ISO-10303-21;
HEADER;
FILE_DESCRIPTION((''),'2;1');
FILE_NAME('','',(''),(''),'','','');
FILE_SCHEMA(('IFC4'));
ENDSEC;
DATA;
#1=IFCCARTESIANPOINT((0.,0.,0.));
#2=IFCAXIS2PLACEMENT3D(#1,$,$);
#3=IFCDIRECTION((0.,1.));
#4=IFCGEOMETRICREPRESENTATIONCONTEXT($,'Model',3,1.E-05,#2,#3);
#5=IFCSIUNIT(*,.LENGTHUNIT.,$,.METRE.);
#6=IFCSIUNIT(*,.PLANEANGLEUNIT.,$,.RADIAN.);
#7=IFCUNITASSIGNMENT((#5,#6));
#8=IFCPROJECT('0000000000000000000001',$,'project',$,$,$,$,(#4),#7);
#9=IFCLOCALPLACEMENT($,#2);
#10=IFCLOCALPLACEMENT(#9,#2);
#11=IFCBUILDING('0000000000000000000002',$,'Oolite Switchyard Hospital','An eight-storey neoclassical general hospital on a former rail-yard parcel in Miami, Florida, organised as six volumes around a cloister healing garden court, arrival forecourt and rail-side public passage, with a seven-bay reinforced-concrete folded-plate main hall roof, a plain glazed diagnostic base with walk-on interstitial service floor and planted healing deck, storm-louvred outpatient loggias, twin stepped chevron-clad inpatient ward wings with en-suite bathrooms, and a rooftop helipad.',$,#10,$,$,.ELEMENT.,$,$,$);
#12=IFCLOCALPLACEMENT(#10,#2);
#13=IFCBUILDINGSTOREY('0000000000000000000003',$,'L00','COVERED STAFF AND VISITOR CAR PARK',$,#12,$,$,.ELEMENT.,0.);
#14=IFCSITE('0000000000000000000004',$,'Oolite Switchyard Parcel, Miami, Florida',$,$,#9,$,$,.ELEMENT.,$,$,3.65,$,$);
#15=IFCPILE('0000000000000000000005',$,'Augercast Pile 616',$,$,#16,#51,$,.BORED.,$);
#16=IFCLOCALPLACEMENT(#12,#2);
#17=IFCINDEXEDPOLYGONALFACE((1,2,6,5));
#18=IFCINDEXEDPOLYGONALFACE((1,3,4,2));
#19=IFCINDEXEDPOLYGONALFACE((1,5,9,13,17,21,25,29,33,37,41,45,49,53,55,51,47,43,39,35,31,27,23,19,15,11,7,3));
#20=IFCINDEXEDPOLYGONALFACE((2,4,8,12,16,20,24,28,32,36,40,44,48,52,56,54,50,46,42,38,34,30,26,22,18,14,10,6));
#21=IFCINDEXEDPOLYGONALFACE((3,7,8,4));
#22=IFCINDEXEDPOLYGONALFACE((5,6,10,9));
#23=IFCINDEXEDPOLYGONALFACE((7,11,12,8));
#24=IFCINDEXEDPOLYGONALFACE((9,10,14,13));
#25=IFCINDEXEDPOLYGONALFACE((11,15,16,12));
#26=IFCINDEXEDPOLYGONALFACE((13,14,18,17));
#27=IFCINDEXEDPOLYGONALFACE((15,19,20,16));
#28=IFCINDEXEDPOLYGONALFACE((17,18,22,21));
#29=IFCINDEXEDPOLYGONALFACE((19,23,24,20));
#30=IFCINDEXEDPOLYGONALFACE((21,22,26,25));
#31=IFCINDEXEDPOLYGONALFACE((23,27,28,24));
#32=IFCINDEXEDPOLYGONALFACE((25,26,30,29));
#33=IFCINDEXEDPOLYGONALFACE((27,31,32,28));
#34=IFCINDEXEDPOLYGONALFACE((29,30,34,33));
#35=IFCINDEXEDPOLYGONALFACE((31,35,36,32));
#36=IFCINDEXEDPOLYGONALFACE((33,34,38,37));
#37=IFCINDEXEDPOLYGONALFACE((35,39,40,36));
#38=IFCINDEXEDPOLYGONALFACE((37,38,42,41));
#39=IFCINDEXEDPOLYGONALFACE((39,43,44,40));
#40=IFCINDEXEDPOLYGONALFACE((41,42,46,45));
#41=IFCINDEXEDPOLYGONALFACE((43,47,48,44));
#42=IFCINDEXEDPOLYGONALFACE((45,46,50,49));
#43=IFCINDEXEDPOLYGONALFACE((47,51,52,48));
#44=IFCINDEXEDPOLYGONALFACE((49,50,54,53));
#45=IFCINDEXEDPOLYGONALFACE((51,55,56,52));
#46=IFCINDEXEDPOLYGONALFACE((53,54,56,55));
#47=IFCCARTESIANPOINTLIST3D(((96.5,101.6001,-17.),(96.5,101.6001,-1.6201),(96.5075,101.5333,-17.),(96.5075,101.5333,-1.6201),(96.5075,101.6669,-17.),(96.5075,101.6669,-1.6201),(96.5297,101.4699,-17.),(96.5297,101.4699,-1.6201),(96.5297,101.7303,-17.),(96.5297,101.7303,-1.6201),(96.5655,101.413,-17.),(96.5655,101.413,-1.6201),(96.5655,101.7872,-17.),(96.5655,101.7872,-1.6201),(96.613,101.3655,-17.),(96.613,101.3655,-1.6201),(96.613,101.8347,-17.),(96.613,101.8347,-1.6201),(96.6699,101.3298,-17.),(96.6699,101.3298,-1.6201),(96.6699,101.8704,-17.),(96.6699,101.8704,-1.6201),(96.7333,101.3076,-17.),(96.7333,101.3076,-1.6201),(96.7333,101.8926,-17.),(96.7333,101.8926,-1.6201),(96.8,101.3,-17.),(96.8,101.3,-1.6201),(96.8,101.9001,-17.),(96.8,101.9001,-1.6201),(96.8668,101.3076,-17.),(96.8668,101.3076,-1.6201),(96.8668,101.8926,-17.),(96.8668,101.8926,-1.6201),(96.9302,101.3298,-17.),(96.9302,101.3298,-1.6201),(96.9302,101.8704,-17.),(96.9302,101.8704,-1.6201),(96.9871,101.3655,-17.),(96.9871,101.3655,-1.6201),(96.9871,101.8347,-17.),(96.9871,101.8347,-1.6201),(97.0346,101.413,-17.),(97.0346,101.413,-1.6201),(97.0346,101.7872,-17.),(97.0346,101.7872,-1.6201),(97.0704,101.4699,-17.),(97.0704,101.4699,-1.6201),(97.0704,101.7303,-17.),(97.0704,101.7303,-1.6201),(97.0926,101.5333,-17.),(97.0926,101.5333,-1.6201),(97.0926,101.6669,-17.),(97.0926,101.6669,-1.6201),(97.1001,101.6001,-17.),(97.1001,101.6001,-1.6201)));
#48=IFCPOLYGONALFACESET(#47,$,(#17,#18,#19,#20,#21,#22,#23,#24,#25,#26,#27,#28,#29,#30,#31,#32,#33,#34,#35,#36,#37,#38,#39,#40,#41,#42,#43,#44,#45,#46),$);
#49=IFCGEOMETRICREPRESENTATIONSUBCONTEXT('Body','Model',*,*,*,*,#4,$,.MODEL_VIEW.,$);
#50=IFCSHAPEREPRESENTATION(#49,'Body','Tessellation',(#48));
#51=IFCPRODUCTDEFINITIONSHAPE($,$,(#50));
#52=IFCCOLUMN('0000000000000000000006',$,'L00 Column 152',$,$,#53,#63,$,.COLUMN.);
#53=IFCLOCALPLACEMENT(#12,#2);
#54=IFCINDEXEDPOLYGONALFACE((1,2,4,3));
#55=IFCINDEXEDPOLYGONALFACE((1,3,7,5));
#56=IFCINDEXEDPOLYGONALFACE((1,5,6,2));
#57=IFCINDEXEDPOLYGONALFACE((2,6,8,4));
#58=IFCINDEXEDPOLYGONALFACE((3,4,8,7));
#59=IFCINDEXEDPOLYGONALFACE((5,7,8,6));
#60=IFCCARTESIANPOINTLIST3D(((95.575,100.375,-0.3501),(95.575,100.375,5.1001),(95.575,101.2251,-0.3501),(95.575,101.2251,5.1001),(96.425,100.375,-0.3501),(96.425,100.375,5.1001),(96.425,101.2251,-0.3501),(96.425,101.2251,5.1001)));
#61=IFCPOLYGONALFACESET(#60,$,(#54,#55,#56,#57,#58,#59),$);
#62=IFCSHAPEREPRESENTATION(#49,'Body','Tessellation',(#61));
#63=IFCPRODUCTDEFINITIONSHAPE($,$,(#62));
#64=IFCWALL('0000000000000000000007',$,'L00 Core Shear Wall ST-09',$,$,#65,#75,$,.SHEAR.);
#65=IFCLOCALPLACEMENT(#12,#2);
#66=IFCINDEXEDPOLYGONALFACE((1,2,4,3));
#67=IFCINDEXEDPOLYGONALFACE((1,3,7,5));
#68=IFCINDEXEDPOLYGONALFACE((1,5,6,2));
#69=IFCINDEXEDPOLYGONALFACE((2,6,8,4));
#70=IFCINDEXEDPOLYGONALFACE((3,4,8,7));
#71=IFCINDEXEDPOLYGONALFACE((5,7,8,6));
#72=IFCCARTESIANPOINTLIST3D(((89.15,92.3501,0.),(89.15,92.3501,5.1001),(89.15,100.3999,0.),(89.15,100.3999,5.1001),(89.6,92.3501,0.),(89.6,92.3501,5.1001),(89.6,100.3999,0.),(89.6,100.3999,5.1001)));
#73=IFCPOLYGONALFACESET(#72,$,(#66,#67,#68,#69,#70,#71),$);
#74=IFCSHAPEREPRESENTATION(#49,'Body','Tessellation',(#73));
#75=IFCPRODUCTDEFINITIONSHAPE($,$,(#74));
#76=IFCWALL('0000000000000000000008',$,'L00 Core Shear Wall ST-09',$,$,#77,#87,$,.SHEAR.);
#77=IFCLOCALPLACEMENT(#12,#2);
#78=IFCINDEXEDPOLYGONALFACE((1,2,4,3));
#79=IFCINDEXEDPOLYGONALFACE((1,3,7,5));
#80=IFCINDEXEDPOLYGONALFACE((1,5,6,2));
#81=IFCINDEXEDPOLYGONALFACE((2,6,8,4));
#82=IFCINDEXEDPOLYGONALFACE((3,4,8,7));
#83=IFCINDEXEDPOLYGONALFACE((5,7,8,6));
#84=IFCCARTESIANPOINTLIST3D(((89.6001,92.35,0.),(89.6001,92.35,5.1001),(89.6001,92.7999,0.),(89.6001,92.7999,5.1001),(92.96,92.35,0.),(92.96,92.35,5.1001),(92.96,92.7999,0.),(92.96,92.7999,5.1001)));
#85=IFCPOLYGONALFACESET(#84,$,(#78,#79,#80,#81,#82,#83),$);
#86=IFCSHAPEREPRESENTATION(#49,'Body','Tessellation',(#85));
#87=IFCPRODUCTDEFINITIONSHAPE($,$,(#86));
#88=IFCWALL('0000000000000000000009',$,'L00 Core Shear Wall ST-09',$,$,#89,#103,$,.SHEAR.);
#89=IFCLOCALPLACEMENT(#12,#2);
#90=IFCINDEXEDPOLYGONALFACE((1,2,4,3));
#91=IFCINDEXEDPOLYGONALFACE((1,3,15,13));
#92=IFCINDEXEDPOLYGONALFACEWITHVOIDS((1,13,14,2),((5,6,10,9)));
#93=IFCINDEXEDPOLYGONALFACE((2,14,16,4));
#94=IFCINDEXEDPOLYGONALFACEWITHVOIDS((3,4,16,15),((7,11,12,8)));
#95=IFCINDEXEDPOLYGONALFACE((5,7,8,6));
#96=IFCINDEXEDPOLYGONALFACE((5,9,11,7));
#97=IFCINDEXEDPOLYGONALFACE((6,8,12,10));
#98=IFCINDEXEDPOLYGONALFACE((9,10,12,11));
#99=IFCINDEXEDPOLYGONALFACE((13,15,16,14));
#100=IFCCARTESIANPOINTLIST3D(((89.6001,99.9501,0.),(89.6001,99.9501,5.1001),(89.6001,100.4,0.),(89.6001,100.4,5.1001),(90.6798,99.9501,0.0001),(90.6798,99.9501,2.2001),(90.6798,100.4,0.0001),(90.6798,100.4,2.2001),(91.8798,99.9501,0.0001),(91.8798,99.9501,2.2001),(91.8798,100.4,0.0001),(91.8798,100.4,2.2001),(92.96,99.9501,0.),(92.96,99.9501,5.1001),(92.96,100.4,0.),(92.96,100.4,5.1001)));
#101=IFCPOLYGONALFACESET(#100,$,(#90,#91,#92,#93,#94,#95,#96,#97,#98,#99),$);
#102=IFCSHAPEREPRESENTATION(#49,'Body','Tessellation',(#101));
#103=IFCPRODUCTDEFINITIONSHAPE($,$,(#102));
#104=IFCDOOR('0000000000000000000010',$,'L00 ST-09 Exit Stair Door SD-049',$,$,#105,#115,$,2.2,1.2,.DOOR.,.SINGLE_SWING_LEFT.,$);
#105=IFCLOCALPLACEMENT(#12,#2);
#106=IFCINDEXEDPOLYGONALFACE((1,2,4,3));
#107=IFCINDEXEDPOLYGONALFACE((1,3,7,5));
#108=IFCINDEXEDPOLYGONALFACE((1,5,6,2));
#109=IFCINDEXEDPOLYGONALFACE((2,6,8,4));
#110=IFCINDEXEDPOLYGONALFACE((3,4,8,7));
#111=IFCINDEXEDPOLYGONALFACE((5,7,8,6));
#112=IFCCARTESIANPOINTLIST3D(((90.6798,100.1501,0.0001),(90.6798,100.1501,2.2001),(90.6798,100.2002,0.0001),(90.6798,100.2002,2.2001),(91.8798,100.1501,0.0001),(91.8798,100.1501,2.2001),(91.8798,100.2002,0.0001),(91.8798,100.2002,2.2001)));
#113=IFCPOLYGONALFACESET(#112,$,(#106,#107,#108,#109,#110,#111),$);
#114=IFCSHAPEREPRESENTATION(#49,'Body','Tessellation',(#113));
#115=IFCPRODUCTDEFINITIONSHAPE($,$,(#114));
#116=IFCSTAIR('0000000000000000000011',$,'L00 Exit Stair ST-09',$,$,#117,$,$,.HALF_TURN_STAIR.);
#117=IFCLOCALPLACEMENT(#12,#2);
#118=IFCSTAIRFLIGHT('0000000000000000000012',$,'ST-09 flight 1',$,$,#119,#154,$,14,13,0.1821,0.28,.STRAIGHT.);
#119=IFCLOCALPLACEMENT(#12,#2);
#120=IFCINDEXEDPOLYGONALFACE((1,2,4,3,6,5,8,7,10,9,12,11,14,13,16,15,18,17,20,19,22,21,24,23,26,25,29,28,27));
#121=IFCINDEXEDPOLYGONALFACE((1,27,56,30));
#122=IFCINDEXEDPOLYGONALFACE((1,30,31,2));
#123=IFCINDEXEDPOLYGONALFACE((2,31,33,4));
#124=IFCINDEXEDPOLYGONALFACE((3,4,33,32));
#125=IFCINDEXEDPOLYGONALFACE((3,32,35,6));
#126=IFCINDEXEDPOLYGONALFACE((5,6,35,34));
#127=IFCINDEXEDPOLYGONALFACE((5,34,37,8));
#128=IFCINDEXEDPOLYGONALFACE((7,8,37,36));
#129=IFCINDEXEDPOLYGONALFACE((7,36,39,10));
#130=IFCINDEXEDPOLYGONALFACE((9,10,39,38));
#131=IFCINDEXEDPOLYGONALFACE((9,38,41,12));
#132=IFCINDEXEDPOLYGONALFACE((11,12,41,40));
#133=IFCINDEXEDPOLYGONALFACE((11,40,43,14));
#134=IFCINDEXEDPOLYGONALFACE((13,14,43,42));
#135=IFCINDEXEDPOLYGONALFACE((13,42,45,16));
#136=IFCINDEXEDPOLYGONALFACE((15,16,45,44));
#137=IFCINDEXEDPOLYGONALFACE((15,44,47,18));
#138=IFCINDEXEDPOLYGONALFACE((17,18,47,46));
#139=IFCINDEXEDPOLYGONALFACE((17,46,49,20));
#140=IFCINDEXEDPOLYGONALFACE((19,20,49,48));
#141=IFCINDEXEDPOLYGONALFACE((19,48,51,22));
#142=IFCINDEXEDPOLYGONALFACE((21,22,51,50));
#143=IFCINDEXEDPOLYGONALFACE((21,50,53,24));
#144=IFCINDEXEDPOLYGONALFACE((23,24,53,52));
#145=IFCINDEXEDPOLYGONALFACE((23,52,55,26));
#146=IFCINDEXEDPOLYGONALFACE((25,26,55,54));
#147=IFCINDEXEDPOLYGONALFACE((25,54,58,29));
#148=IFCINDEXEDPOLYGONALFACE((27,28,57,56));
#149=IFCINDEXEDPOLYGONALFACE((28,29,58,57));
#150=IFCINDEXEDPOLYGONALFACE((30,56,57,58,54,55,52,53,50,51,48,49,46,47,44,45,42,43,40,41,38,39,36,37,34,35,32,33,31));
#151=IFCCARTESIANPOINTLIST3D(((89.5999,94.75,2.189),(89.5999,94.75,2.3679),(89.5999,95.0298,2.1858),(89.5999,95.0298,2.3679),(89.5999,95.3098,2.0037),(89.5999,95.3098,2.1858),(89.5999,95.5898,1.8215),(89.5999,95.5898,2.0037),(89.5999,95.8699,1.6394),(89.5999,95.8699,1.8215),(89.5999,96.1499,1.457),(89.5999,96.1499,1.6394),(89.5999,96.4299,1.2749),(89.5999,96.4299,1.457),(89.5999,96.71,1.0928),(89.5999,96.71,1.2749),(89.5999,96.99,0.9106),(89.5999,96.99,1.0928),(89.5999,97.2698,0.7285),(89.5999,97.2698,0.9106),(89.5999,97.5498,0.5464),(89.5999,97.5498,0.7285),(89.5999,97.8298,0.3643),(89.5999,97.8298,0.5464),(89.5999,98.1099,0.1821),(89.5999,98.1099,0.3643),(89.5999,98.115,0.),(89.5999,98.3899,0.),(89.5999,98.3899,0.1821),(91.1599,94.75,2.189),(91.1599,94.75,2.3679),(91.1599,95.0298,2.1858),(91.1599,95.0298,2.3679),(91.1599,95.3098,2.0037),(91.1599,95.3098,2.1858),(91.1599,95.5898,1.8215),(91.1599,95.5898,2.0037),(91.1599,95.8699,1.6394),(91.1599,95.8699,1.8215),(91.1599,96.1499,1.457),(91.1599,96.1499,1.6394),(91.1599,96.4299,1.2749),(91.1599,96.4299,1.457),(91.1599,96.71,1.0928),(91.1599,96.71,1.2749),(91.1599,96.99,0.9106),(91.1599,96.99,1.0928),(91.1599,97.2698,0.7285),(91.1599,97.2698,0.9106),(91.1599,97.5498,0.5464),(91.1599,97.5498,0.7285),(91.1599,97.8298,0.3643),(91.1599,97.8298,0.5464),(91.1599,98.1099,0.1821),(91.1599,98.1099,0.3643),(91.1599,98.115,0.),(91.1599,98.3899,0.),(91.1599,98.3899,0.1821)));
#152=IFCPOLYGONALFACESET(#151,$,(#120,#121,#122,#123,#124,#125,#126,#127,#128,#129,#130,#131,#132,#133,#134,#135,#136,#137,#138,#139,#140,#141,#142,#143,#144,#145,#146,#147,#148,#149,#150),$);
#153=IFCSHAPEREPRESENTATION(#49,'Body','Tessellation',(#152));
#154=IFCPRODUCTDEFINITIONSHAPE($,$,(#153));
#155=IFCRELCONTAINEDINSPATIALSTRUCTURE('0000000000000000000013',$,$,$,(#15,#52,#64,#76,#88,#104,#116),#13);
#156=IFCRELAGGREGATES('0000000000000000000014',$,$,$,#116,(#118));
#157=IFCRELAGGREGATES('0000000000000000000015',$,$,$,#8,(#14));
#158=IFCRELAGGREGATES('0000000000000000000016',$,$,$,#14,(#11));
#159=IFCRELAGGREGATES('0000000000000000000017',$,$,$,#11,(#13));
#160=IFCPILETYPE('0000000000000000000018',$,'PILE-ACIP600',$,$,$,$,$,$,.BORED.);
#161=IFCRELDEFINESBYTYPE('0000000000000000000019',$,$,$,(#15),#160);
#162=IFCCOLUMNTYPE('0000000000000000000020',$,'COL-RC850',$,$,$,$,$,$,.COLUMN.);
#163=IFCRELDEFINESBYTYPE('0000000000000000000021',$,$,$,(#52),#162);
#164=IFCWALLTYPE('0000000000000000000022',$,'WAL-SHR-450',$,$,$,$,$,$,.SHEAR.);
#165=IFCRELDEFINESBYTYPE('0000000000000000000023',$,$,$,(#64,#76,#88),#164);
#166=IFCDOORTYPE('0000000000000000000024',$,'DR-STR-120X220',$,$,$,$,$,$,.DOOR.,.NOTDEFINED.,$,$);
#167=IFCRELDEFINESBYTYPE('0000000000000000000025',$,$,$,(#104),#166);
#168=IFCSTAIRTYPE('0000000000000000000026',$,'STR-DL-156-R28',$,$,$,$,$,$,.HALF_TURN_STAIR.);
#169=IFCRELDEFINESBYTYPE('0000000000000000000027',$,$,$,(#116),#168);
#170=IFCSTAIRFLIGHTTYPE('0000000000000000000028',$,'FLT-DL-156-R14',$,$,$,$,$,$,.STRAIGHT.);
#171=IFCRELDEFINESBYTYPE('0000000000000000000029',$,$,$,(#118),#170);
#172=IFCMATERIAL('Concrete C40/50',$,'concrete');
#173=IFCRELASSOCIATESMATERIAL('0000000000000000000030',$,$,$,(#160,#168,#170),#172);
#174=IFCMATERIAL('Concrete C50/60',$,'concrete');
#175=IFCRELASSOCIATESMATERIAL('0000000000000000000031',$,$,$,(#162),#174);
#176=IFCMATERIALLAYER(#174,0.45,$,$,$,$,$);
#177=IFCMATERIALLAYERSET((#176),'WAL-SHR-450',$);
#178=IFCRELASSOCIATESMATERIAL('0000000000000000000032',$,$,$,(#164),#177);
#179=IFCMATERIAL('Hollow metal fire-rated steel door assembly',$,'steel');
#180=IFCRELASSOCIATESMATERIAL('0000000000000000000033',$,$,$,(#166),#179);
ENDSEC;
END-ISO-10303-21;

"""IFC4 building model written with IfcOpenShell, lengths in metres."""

from ifc_helpers import new_model, si_unit, direction, frame, frame_2d, origin, origin_2d, place, context, subcontext, project, spatial, polyline, rectangle, circle, outline, extrude, material, layer, layer_set, material_profile, profile_set, type_object, element, fill, aggregate, save


model = new_model("IFC4")

# Units and contexts
model_context = context("Model", 3, precision=1e-05, world=origin(), true_north=direction((0.0, 1.0)))
body_context = subcontext(model_context, "Body", "Model", "MODEL_VIEW")
ifc_project = project(units=[si_unit("LENGTHUNIT", "METRE"), si_unit("PLANEANGLEUNIT", "RADIAN")], contexts=[model_context])

# Site, building, storey
site_placement = place(None, origin())
site = spatial("IfcSite", under=ifc_project, at=site_placement, Name="Oolite Switchyard Parcel, Miami, Florida", CompositionType="ELEMENT", RefElevation=3.65)
building_placement = place(site_placement, origin())
building = spatial("IfcBuilding", under=site, at=building_placement, Name="Oolite Switchyard Hospital", Description="An eight-storey neoclassical general hospital on a former rail-yard parcel in Miami, Florida, organised as six volumes around a cloister healing garden court, arrival forecourt and rail-side public passage, with a seven-bay reinforced-concrete folded-plate main hall roof, a plain glazed diagnostic base with walk-on interstitial service floor and planted healing deck, storm-louvred outpatient loggias, twin stepped chevron-clad inpatient ward wings with en-suite bathrooms, and a rooftop helipad.", CompositionType="ELEMENT")
storey_placement = place(building_placement, origin())
storey = spatial("IfcBuildingStorey", under=building, at=storey_placement, Name="L00", Description="COVERED STAFF AND VISITOR CAR PARK", CompositionType="ELEMENT", Elevation=0.0)

# Shared definitions
ifc_material_1 = material(Name="Concrete C40/50", Category="concrete")

# Pile
ifc_material_profile_1 = material_profile(ifc_material_1, circle(Radius=0.3, at=origin_2d()), Name="PILE600")
ifc_profile_set_1 = profile_set([ifc_material_profile_1], Name="Concrete C40/50")
pile_type = type_object("IfcPileType", Name="PILE-ACIP600", PredefinedType="BORED", material=ifc_profile_set_1)
for number, where, z_axis, x_axis, name in (
    (1, (96.8, 101.6001, -1.6201), (0.0, 0.0, -1.0), (1.0, 0.0, 0.0), "Augercast Pile 616"),
):
    element("IfcPile", number, at=place(storey_placement, frame(where, z_axis=z_axis, x_axis=x_axis)), inside=storey, type_object=pile_type, Name=name, PredefinedType="BORED", context=body_context, shape_type="SweptSolid", body=[
        extrude(circle(Radius=0.3, at=origin_2d()), origin(), (0.0, 0.0, 1.0), 15.3799),
    ])

# Column
ifc_material_2 = material(Name="Concrete C50/60", Category="concrete")
ifc_material_profile_2 = material_profile(ifc_material_2, rectangle(XDim=0.8501, YDim=0.8501, at=origin_2d()), Name="RC850X850")
ifc_profile_set_2 = profile_set([ifc_material_profile_2], Name="Concrete C50/60")
column_type = type_object("IfcColumnType", Name="COL-RC850", PredefinedType="COLUMN", material=ifc_profile_set_2)
column_placement = place(storey_placement, frame((96.0, 100.8, -0.3501), z_axis=(0.0, 0.0, 1.0), x_axis=(1.0, 0.0, 0.0)))
element("IfcColumn", 2, at=column_placement, inside=storey, type_object=column_type, Name="L00 Column 152", PredefinedType="COLUMN", context=body_context, shape_type="SweptSolid", body=[
    extrude(rectangle(XDim=0.8501, YDim=0.8501, at=origin_2d()), origin(), (0.0, 0.0, 1.0), 5.4502),
])

# Walls
ifc_layer = layer(ifc_material_2, 0.45)
ifc_layer_set = layer_set([ifc_layer], Name="WAL-SHR-450")
wall_type = type_object("IfcWallType", Name="WAL-SHR-450", PredefinedType="SHEAR", material=ifc_layer_set)
wall_1_placement = place(storey_placement, frame((89.375, 100.3999, 0.0), z_axis=(0.0, 0.0, 1.0), x_axis=(0.0, -1.0, 0.0)))
element("IfcWall", 3, at=wall_1_placement, inside=storey, type_object=wall_type, Name="L00 Core Shear Wall ST-09", PredefinedType="SHEAR", context=body_context, shape_type="SweptSolid", body=[
    extrude(rectangle(XDim=8.0498, YDim=0.45, at=frame_2d((4.0249, 0.0))), origin(), (0.0, 0.0, 1.0), 5.1001),
])
wall_2_placement = place(storey_placement, frame((89.6001, 92.575, 0.0), z_axis=(0.0, 0.0, 1.0), x_axis=(1.0, 0.0, 0.0)))
element("IfcWall", 4, at=wall_2_placement, inside=storey, type_object=wall_type, Name="L00 Core Shear Wall ST-09", PredefinedType="SHEAR", context=body_context, shape_type="SweptSolid", body=[
    extrude(rectangle(XDim=3.3599, YDim=0.45, at=frame_2d((1.6799, 0.0))), origin(), (0.0, 0.0, 1.0), 5.1001),
])

# Wall, opening, door
wall_3_placement = place(storey_placement, frame((92.96, 100.175, 0.0), z_axis=(0.0, 0.0, 1.0), x_axis=(-1.0, 0.0, 0.0)))
wall_3 = element("IfcWall", 5, at=wall_3_placement, inside=storey, type_object=wall_type, Name="L00 Core Shear Wall ST-09", PredefinedType="SHEAR", context=body_context, shape_type="SweptSolid", body=[
    extrude(rectangle(XDim=3.3599, YDim=0.45, at=frame_2d((1.6799, 0.0))), origin(), (0.0, 0.0, 1.0), 5.1001),
])
opening_placement = place(wall_3_placement, frame((1.0801, 0.0, 0.0)))
opening = element("IfcOpeningElement", 6, at=opening_placement, cuts=wall_3, PredefinedType="OPENING", context=body_context, shape_type="SweptSolid", body=[
    extrude(rectangle(XDim=1.2, YDim=2.2, at=frame_2d((0.6001, 1.1001))), frame((0.0, 0.2349, 0.0), z_axis=(0.0, -1.0, 0.0), x_axis=(1.0, 0.0, 0.0)), (0.0, 0.0, 1.0), 0.47),
])
ifc_material_3 = material(Name="Hollow metal fire-rated steel door assembly", Category="steel")
door_type = type_object("IfcDoorType", Name="DR-STR-120X220", OperationType="NOTDEFINED", PredefinedType="DOOR", material=ifc_material_3)
door_placement = place(opening_placement, origin())
door = element("IfcDoor", 7, at=door_placement, inside=storey, type_object=door_type, Name="L00 ST-09 Exit Stair Door SD-049", OperationType="SINGLE_SWING_LEFT", OverallHeight=2.2, OverallWidth=1.2, PredefinedType="DOOR", context=body_context, shape_type="SweptSolid", body=[
    extrude(rectangle(XDim=1.2, YDim=2.2, at=frame_2d((0.6001, 1.1001))), frame((0.0, 0.0249, 0.0), z_axis=(0.0, -1.0, 0.0), x_axis=(1.0, 0.0, 0.0)), (0.0, 0.0, 1.0), 0.05),
])
fill(opening, door)

# Stair, stair flight
stair_type = type_object("IfcStairType", Name="STR-DL-156-R28", PredefinedType="HALF_TURN_STAIR", material=ifc_material_1)
stair_placement = place(storey_placement, origin())
stair = element("IfcStair", 8, at=stair_placement, inside=storey, type_object=stair_type, Name="L00 Exit Stair ST-09", PredefinedType="HALF_TURN_STAIR")
stair_flight_type = type_object("IfcStairFlightType", Name="FLT-DL-156-R14", PredefinedType="STRAIGHT", material=ifc_material_1)
stair_flight_1_placement = place(storey_placement, frame((90.3799, 98.3899, 0.0), z_axis=(0.0, 0.0, 1.0), x_axis=(0.0, -1.0, 0.0)))
stair_flight_1 = element("IfcStairFlight", 9, at=stair_flight_1_placement, type_object=stair_flight_type, Name="ST-09 flight 1", NumberOfRisers=14, NumberOfTreads=13, PredefinedType="STRAIGHT", RiserHeight=0.1821, TreadLength=0.28, context=body_context, shape_type="SweptSolid", body=[
    extrude(outline(polyline([(0.0, 0.0), (0.0, 0.1821), (0.28, 0.1821), (0.28, 0.3643), (0.5601, 0.3643), (0.5601, 0.5464), (0.8401, 0.5464), (0.8401, 0.7285), (1.1201, 0.7285), (1.1201, 0.9106), (1.3999, 0.9106), (1.3999, 1.0928), (1.6799, 1.0928), (1.6799, 1.2749), (1.96, 1.2749), (1.96, 1.457), (2.24, 1.457), (2.24, 1.6394), (2.52, 1.6394), (2.52, 1.8215), (2.8, 1.8215), (2.8, 2.0037), (3.0801, 2.0037), (3.0801, 2.1858), (3.3601, 2.1858), (3.3601, 2.3679), (3.6399, 2.3679), (3.6399, 2.55), (3.6399, 2.189), (0.2749, 0.0), (0.0, 0.0)])), frame((0.0, 0.78, 0.0), z_axis=(0.0, -1.0, 0.0), x_axis=(1.0, 0.0, 0.0)), (0.0, 0.0, 1.0), 1.5601),
])
aggregate(stair, [stair_flight_1])

save(model, "model.ifc")
